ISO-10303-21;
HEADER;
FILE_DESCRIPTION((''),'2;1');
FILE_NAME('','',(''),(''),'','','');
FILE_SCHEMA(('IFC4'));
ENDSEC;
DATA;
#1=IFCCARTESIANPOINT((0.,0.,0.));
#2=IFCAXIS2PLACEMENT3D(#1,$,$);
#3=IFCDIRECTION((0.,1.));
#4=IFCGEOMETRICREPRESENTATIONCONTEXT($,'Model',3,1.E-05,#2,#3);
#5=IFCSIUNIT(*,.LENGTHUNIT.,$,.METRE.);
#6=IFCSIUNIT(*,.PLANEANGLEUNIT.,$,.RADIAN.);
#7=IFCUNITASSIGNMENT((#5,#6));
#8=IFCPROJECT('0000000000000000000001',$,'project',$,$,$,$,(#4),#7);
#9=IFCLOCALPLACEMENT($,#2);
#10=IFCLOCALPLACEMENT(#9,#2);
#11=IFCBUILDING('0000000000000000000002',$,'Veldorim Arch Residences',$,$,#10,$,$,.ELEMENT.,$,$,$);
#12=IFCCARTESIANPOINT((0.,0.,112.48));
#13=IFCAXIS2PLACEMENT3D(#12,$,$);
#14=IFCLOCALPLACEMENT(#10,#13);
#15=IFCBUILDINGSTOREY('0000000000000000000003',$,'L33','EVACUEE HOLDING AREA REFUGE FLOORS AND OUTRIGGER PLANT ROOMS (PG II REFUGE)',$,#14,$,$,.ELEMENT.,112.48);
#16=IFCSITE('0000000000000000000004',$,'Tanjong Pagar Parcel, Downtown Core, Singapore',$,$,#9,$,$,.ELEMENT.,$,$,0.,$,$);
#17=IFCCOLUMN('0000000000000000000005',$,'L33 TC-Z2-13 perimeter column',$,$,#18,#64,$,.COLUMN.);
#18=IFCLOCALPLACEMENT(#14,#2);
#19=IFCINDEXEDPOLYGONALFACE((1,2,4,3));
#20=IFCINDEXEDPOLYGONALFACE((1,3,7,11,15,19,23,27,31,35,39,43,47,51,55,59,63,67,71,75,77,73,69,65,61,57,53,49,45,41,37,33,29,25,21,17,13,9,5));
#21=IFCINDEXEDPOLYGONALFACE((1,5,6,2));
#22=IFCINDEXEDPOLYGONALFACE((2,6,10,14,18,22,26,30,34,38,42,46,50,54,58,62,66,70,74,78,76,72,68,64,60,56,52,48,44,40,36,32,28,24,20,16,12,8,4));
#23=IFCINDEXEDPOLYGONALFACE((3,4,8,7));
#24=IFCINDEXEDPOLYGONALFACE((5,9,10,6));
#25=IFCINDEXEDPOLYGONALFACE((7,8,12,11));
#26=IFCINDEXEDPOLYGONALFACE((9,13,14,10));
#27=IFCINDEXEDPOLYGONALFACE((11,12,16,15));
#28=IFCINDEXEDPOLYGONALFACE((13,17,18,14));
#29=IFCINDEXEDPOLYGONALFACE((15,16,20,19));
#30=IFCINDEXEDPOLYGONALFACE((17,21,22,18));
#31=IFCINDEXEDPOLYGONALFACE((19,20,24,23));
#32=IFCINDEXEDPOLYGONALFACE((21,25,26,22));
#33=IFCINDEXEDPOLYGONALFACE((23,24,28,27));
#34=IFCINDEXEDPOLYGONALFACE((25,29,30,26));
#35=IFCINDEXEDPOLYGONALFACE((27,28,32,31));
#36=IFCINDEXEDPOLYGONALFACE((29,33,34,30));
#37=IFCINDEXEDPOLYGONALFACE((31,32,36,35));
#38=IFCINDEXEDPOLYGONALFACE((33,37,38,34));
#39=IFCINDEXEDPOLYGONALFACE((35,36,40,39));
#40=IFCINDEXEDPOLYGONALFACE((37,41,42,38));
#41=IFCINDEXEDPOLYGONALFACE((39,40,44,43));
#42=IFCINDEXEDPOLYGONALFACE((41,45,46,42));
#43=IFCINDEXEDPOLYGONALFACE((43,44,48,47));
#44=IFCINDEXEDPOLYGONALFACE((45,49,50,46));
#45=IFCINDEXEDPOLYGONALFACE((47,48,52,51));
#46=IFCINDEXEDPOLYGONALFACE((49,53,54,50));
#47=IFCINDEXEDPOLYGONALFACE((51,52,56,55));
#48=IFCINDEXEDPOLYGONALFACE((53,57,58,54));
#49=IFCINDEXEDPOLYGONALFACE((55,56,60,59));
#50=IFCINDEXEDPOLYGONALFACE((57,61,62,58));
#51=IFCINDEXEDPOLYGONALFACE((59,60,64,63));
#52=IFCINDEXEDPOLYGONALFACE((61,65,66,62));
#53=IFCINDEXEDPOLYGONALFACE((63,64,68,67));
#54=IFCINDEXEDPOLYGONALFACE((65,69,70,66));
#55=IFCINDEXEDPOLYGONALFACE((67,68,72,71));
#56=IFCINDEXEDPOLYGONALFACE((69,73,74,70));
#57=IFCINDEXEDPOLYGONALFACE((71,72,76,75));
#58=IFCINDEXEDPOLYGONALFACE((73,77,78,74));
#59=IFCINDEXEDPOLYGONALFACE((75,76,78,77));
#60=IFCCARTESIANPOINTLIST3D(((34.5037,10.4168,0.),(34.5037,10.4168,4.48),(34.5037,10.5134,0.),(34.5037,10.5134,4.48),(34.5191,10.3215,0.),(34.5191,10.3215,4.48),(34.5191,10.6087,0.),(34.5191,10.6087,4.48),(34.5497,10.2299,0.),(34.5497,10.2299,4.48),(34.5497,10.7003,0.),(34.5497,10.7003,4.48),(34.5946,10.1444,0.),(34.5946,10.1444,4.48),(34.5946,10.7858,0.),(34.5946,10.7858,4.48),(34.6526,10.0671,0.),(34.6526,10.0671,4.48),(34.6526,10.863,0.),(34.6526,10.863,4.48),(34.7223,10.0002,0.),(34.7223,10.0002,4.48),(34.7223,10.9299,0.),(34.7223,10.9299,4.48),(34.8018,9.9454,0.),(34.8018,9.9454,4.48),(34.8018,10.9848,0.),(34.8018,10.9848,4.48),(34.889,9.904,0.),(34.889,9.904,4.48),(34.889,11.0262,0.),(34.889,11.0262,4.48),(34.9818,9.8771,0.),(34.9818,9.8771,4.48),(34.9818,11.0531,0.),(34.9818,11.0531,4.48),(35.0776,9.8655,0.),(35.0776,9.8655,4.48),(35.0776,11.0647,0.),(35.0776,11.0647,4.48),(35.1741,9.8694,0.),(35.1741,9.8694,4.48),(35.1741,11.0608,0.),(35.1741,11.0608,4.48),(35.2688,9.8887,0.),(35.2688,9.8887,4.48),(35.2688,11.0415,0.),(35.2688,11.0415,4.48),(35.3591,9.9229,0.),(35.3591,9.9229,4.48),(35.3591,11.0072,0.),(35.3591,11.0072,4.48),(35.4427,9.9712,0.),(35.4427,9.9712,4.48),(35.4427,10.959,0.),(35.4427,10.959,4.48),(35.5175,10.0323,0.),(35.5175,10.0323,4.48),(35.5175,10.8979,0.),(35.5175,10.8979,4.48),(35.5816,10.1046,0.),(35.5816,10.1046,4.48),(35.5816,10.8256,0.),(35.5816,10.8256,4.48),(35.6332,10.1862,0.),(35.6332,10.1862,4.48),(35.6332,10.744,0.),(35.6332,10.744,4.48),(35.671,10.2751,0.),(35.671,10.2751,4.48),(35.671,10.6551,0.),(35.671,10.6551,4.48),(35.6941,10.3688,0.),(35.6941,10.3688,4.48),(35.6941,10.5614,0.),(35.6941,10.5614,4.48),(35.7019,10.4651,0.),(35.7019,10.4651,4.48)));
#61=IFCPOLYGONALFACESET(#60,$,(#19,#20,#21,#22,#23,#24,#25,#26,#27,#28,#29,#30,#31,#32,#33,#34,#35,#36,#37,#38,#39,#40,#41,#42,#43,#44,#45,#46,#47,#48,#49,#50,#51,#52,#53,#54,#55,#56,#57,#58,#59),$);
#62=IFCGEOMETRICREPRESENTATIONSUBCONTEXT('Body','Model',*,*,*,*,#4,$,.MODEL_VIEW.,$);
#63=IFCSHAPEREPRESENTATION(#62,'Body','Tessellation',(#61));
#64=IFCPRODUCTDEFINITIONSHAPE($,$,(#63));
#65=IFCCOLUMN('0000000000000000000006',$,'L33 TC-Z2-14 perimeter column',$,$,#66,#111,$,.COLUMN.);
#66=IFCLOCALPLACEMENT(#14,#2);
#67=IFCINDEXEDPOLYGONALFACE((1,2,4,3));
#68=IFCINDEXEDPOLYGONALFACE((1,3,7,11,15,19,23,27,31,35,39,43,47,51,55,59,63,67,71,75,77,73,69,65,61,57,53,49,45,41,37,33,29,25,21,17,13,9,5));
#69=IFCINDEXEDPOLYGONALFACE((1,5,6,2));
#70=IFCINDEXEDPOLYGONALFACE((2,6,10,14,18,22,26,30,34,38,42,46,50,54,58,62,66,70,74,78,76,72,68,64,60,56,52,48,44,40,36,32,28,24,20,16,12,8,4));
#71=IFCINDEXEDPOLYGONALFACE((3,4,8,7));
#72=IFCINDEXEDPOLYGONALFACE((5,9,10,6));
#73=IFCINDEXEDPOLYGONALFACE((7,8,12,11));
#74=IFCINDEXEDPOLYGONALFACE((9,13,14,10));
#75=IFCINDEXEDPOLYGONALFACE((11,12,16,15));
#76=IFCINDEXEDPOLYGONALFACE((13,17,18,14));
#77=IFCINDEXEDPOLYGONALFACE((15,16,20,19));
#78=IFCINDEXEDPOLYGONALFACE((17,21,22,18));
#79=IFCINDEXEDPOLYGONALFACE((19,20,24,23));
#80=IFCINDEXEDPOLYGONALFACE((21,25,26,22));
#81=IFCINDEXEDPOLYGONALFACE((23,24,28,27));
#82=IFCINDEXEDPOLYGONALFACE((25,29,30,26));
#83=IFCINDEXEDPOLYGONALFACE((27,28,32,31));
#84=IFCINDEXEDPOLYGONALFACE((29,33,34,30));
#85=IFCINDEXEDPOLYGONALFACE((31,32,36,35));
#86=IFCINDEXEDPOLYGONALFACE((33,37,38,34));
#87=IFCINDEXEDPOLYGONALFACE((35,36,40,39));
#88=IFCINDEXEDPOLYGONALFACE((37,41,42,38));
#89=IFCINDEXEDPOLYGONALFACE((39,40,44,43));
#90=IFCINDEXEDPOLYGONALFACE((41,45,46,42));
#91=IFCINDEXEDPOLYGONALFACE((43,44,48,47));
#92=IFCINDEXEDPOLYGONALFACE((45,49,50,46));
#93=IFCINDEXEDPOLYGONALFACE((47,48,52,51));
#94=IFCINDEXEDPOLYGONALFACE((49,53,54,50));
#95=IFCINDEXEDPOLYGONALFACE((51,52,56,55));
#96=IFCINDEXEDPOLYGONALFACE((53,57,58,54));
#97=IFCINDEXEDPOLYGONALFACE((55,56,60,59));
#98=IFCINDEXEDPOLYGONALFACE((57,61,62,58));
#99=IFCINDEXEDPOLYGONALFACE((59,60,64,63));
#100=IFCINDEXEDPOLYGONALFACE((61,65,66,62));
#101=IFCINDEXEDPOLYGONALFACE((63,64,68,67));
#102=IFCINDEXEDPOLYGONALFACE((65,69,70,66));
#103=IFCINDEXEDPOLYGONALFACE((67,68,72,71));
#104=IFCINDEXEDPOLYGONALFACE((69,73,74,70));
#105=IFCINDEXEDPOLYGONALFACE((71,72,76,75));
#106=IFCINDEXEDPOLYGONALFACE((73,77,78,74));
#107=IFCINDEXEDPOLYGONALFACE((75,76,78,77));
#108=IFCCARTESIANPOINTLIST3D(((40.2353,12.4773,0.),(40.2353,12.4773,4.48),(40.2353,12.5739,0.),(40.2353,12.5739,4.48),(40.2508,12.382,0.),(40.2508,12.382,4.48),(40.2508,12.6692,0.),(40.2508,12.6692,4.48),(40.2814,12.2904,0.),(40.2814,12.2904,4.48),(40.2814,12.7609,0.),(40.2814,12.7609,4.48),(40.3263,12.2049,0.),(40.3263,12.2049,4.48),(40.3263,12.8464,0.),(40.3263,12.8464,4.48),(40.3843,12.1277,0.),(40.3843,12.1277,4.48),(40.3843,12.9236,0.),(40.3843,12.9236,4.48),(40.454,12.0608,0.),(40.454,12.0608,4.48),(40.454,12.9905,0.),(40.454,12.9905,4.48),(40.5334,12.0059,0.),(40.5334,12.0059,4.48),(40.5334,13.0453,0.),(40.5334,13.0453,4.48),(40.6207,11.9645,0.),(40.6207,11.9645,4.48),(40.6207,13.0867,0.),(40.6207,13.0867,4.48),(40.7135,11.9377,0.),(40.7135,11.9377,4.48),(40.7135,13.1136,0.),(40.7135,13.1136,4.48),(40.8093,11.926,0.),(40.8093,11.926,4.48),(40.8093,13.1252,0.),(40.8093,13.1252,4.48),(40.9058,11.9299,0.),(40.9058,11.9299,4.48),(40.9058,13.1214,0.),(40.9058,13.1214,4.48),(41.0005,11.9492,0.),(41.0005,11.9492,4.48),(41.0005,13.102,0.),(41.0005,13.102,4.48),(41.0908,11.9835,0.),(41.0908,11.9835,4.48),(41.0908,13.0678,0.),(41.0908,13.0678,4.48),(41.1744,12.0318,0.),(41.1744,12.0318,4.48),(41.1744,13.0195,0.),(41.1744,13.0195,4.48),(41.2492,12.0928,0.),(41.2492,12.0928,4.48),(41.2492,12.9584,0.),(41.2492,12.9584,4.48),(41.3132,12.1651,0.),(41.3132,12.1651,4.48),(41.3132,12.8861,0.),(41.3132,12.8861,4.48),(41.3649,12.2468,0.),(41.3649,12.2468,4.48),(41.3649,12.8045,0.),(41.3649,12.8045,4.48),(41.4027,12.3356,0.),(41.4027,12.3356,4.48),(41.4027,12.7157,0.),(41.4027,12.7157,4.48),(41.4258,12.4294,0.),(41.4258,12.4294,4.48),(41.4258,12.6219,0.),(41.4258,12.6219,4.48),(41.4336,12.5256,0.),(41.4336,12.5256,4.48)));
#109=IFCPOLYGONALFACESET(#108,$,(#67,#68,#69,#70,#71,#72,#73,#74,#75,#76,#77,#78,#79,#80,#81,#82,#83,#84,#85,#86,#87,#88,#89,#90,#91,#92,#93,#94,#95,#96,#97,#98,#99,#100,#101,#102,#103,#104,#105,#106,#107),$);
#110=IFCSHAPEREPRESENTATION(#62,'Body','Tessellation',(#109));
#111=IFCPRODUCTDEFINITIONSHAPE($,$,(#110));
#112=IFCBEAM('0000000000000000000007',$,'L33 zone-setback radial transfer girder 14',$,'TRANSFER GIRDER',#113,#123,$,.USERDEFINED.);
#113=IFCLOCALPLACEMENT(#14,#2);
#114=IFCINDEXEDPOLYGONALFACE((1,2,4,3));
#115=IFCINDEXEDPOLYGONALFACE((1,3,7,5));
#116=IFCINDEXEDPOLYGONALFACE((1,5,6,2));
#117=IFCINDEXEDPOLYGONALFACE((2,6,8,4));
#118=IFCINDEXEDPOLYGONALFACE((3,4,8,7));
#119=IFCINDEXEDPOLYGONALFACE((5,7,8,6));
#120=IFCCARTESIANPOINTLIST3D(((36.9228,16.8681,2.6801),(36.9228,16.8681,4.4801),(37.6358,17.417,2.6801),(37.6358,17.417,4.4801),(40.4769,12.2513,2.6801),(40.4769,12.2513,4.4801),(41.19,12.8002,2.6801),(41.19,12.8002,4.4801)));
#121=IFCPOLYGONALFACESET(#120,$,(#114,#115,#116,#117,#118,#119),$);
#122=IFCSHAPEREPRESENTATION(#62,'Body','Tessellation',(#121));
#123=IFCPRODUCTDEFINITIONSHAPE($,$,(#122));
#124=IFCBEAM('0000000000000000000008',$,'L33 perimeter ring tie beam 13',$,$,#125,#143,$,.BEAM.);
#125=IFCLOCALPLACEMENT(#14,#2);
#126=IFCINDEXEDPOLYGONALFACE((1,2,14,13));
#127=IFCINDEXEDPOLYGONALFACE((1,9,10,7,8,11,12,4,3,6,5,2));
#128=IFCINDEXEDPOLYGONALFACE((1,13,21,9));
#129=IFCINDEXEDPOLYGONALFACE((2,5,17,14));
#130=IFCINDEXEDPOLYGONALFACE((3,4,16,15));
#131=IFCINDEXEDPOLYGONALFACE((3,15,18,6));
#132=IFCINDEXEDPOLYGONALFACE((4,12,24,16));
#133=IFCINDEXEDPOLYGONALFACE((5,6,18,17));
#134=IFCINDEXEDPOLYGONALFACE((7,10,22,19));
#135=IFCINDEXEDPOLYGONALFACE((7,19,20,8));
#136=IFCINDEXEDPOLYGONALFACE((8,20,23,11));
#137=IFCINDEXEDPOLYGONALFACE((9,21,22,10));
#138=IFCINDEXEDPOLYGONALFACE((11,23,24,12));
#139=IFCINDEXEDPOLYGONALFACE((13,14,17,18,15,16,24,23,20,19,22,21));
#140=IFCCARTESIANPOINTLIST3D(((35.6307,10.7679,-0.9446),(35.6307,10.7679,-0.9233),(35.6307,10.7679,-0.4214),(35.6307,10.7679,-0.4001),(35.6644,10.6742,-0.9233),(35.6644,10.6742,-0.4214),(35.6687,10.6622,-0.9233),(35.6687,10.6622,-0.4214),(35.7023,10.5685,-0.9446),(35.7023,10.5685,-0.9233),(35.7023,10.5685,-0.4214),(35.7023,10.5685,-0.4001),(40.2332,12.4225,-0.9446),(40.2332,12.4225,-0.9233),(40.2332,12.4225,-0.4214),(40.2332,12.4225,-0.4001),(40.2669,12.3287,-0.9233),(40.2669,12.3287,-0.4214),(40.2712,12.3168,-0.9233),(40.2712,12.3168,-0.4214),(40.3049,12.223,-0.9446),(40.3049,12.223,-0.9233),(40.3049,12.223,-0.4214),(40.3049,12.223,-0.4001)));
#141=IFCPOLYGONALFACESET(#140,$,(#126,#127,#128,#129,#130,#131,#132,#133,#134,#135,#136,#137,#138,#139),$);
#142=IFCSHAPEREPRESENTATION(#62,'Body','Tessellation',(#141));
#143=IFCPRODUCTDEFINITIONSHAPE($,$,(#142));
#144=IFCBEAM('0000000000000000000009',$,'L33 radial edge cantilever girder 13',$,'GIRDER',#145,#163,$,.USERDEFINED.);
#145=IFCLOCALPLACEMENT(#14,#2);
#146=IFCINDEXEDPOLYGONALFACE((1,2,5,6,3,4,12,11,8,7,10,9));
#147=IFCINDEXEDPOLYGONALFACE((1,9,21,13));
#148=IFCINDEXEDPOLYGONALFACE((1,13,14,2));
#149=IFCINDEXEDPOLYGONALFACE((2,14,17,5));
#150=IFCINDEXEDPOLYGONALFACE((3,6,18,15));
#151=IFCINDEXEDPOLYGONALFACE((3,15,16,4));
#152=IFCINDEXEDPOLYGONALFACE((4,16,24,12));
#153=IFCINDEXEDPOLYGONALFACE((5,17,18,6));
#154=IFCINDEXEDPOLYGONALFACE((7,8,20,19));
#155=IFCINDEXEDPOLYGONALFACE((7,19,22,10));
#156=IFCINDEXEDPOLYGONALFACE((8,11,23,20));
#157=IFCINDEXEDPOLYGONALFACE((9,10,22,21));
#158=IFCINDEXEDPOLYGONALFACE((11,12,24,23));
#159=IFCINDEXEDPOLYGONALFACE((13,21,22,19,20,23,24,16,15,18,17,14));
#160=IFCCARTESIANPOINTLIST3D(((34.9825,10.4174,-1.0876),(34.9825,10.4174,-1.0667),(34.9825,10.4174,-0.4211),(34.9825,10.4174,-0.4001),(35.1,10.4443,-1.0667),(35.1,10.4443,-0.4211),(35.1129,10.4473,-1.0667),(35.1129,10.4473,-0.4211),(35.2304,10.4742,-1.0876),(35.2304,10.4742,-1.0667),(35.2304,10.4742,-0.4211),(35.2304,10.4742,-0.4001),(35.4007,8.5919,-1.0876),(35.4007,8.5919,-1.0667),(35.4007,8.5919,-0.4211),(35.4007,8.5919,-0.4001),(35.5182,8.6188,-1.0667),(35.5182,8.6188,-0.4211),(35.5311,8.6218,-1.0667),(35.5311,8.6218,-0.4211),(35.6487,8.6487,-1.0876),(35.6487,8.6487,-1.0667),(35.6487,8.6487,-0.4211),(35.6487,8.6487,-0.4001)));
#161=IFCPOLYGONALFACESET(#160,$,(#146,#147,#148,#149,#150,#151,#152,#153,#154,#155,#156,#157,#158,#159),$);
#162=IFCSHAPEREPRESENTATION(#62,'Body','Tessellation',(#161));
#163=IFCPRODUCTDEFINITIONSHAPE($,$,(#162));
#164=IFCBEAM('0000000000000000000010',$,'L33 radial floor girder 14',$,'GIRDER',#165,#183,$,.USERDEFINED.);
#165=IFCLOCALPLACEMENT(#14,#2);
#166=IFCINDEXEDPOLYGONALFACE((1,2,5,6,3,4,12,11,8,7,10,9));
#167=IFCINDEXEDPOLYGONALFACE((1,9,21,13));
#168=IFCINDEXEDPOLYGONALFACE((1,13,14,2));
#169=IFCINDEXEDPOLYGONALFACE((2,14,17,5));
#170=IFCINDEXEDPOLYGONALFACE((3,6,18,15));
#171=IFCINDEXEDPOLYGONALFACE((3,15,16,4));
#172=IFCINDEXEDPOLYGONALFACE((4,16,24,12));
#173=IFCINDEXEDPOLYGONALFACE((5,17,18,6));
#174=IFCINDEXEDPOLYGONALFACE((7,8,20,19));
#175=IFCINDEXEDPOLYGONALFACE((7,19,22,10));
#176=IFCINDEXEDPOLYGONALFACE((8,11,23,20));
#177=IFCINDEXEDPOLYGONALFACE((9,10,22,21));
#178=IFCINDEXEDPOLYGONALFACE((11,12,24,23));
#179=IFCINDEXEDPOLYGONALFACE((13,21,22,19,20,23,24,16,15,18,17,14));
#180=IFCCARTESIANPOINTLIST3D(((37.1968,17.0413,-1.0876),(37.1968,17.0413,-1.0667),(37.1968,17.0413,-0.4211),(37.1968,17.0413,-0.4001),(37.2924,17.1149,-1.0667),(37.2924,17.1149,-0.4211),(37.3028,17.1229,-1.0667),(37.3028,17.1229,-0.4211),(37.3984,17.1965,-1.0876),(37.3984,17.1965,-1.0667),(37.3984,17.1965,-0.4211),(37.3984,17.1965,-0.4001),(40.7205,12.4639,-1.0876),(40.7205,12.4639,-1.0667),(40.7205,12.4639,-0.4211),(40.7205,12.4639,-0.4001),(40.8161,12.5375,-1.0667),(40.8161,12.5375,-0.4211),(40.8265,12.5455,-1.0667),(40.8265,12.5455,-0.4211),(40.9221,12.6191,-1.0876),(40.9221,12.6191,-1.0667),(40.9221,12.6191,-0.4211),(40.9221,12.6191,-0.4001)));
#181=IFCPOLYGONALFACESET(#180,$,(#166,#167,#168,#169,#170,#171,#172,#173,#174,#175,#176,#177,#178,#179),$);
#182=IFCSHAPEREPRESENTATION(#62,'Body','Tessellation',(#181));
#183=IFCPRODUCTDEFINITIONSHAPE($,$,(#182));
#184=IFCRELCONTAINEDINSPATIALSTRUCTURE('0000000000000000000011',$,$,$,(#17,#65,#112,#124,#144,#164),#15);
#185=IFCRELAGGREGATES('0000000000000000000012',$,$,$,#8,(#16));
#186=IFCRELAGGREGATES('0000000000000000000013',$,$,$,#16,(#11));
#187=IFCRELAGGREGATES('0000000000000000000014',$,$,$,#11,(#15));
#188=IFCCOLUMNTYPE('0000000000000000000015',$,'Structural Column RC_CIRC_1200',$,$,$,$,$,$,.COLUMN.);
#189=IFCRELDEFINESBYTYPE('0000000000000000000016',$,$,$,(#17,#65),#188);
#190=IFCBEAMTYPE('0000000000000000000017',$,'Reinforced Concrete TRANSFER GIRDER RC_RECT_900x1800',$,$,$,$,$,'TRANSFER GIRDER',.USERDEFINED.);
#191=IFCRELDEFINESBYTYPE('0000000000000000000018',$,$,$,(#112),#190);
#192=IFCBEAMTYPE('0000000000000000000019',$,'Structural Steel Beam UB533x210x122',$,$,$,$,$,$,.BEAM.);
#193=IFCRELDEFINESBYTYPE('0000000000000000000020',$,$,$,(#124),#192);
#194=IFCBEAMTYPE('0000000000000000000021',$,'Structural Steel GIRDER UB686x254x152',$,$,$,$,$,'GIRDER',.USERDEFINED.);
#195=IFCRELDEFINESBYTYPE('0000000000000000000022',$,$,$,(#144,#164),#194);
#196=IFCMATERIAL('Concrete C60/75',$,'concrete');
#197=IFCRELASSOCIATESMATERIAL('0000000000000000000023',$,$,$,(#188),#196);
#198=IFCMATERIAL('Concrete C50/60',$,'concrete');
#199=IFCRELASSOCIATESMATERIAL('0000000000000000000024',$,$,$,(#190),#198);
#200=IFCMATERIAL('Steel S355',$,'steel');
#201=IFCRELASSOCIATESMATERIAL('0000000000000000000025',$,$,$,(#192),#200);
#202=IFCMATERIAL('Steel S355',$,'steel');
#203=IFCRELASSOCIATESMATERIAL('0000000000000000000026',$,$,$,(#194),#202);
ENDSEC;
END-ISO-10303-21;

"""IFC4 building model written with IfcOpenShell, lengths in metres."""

from ifc_helpers import new_model, si_unit, direction, frame, origin, origin_2d, place, context, subcontext, project, spatial, rectangle, circle, i_section, extrude, material, material_profile, profile_set, type_object, element, save


model = new_model("IFC4")

# Units and contexts
model_context = context("Model", 3, precision=1e-05, world=origin(), true_north=direction((0.0, 1.0)))
body_context = subcontext(model_context, "Body", "Model", "MODEL_VIEW")
ifc_project = project(units=[si_unit("LENGTHUNIT", "METRE"), si_unit("PLANEANGLEUNIT", "RADIAN")], contexts=[model_context])

# Site, building, storey
site_placement = place(None, origin())
site = spatial("IfcSite", under=ifc_project, at=site_placement, Name="Tanjong Pagar Parcel, Downtown Core, Singapore", CompositionType="ELEMENT", RefElevation=0.0)
building_placement = place(site_placement, origin())
building = spatial("IfcBuilding", under=site, at=building_placement, Name="Veldorim Arch Residences", CompositionType="ELEMENT")
storey_placement = place(building_placement, frame((0.0, 0.0, 112.48)))
storey = spatial("IfcBuildingStorey", under=building, at=storey_placement, Name="L33", Description="EVACUEE HOLDING AREA REFUGE FLOORS AND OUTRIGGER PLANT ROOMS (PG II REFUGE)", CompositionType="ELEMENT", Elevation=112.48)

# Columns
ifc_material_1 = material(Name="Concrete C60/75", Category="concrete")
ifc_material_profile_1 = material_profile(ifc_material_1, circle(Radius=0.6001, at=origin_2d()), Name="RC_CIRC_1200")
ifc_profile_set_1 = profile_set([ifc_material_profile_1], Name="Concrete C60/75")
column_type = type_object("IfcColumnType", Name="Structural Column RC_CIRC_1200", PredefinedType="COLUMN", material=ifc_profile_set_1)
for number, where, z_axis, x_axis, name in (
    (1, (35.1018, 10.4651, 0.0), (0.0, 0.0, 1.0), (1.0, 0.0, 0.0), "L33 TC-Z2-13 perimeter column"),
    (2, (40.8335, 12.5256, 0.0), (0.0, 0.0, 1.0), (1.0, 0.0, 0.0), "L33 TC-Z2-14 perimeter column"),
):
    element("IfcColumn", number, at=place(storey_placement, frame(where, z_axis=z_axis, x_axis=x_axis)), inside=storey, type_object=column_type, Name=name, PredefinedType="COLUMN", context=body_context, shape_type="SweptSolid", body=[
        extrude(circle(Radius=0.6001, at=origin_2d()), origin(), (0.0, 0.0, 1.0), 4.48),
    ])

# Beams
ifc_material_2 = material(Name="Concrete C50/60", Category="concrete")
ifc_material_profile_2 = material_profile(ifc_material_2, rectangle(XDim=0.8999, YDim=1.8, at=origin_2d()), Name="RC_RECT_900x1800")
ifc_profile_set_2 = profile_set([ifc_material_profile_2], Name="Concrete C50/60")
beam_type_1 = type_object("IfcBeamType", Name="Reinforced Concrete TRANSFER GIRDER RC_RECT_900x1800", ElementType="TRANSFER GIRDER", PredefinedType="USERDEFINED", material=ifc_profile_set_2)
beam_1_placement = place(storey_placement, frame((37.2793, 17.1426, 3.5801), z_axis=(0.610002, -0.7924, 0.0), x_axis=(0.7924, 0.610002, 0.0)))
element("IfcBeam", 3, at=beam_1_placement, inside=storey, type_object=beam_type_1, Name="L33 zone-setback radial transfer girder 14", ObjectType="TRANSFER GIRDER", PredefinedType="USERDEFINED", context=body_context, shape_type="SweptSolid", body=[
    extrude(rectangle(XDim=0.8999, YDim=1.8, at=origin_2d()), origin(), (0.0, 0.0, 1.0), 5.8264),
])
ifc_material_3 = material(Name="Steel S355", Category="steel")
ifc_material_profile_3 = material_profile(ifc_material_3, i_section(OverallWidth=0.2119, OverallDepth=0.5444, WebThickness=0.0127, FlangeThickness=0.0212, at=origin_2d()), Name="UB533x210x122")
ifc_profile_set_3 = profile_set([ifc_material_profile_3], Name="Steel S355")
beam_type_2 = type_object("IfcBeamType", Name="Structural Steel Beam UB533x210x122", PredefinedType="BEAM", material=ifc_profile_set_3)
beam_2_placement = place(storey_placement, frame((35.6665, 10.6682, -0.6724), z_axis=(0.941042, 0.33829, 0.0), x_axis=(-0.33829, 0.941042, 0.0)))
element("IfcBeam", 4, at=beam_2_placement, inside=storey, type_object=beam_type_2, Name="L33 perimeter ring tie beam 13", PredefinedType="BEAM", context=body_context, shape_type="SweptSolid", body=[
    extrude(i_section(OverallWidth=0.2119, OverallDepth=0.5444, WebThickness=0.0127, FlangeThickness=0.0212, at=origin_2d()), origin(), (0.0, 0.0, 1.0), 4.8909),
])
ifc_material_4 = material(Name="Steel S355", Category="steel")
ifc_material_profile_4 = material_profile(ifc_material_4, i_section(OverallWidth=0.2544, OverallDepth=0.6875, WebThickness=0.0132, FlangeThickness=0.021, at=origin_2d()), Name="UB686x254x152")
ifc_profile_set_4 = profile_set([ifc_material_profile_4], Name="Steel S355")
beam_type_3 = type_object("IfcBeamType", Name="Structural Steel GIRDER UB686x254x152", ElementType="GIRDER", PredefinedType="USERDEFINED", material=ifc_profile_set_4)
beam_3_placement = place(storey_placement, frame((35.1064, 10.4458, -0.7439), z_axis=(0.223317, -0.974746, 0.0), x_axis=(0.974746, 0.223317, 0.0)))
element("IfcBeam", 5, at=beam_3_placement, inside=storey, type_object=beam_type_3, Name="L33 radial edge cantilever girder 13", ObjectType="GIRDER", PredefinedType="USERDEFINED", context=body_context, shape_type="SweptSolid", body=[
    extrude(i_section(OverallWidth=0.2544, OverallDepth=0.6875, WebThickness=0.0132, FlangeThickness=0.021, at=origin_2d()), origin(), (0.0, 0.0, 1.0), 1.8728),
])
beam_4_placement = place(storey_placement, frame((37.2976, 17.1189, -0.7439), z_axis=(0.609995, -0.792406, 0.0), x_axis=(0.792406, 0.609995, 0.0)))
element("IfcBeam", 6, at=beam_4_placement, inside=storey, type_object=beam_type_3, Name="L33 radial floor girder 14", ObjectType="GIRDER", PredefinedType="USERDEFINED", context=body_context, shape_type="SweptSolid", body=[
    extrude(i_section(OverallWidth=0.2544, OverallDepth=0.6875, WebThickness=0.0132, FlangeThickness=0.021, at=origin_2d()), origin(), (0.0, 0.0, 1.0), 5.7766),
])

save(model, "model.ifc")
